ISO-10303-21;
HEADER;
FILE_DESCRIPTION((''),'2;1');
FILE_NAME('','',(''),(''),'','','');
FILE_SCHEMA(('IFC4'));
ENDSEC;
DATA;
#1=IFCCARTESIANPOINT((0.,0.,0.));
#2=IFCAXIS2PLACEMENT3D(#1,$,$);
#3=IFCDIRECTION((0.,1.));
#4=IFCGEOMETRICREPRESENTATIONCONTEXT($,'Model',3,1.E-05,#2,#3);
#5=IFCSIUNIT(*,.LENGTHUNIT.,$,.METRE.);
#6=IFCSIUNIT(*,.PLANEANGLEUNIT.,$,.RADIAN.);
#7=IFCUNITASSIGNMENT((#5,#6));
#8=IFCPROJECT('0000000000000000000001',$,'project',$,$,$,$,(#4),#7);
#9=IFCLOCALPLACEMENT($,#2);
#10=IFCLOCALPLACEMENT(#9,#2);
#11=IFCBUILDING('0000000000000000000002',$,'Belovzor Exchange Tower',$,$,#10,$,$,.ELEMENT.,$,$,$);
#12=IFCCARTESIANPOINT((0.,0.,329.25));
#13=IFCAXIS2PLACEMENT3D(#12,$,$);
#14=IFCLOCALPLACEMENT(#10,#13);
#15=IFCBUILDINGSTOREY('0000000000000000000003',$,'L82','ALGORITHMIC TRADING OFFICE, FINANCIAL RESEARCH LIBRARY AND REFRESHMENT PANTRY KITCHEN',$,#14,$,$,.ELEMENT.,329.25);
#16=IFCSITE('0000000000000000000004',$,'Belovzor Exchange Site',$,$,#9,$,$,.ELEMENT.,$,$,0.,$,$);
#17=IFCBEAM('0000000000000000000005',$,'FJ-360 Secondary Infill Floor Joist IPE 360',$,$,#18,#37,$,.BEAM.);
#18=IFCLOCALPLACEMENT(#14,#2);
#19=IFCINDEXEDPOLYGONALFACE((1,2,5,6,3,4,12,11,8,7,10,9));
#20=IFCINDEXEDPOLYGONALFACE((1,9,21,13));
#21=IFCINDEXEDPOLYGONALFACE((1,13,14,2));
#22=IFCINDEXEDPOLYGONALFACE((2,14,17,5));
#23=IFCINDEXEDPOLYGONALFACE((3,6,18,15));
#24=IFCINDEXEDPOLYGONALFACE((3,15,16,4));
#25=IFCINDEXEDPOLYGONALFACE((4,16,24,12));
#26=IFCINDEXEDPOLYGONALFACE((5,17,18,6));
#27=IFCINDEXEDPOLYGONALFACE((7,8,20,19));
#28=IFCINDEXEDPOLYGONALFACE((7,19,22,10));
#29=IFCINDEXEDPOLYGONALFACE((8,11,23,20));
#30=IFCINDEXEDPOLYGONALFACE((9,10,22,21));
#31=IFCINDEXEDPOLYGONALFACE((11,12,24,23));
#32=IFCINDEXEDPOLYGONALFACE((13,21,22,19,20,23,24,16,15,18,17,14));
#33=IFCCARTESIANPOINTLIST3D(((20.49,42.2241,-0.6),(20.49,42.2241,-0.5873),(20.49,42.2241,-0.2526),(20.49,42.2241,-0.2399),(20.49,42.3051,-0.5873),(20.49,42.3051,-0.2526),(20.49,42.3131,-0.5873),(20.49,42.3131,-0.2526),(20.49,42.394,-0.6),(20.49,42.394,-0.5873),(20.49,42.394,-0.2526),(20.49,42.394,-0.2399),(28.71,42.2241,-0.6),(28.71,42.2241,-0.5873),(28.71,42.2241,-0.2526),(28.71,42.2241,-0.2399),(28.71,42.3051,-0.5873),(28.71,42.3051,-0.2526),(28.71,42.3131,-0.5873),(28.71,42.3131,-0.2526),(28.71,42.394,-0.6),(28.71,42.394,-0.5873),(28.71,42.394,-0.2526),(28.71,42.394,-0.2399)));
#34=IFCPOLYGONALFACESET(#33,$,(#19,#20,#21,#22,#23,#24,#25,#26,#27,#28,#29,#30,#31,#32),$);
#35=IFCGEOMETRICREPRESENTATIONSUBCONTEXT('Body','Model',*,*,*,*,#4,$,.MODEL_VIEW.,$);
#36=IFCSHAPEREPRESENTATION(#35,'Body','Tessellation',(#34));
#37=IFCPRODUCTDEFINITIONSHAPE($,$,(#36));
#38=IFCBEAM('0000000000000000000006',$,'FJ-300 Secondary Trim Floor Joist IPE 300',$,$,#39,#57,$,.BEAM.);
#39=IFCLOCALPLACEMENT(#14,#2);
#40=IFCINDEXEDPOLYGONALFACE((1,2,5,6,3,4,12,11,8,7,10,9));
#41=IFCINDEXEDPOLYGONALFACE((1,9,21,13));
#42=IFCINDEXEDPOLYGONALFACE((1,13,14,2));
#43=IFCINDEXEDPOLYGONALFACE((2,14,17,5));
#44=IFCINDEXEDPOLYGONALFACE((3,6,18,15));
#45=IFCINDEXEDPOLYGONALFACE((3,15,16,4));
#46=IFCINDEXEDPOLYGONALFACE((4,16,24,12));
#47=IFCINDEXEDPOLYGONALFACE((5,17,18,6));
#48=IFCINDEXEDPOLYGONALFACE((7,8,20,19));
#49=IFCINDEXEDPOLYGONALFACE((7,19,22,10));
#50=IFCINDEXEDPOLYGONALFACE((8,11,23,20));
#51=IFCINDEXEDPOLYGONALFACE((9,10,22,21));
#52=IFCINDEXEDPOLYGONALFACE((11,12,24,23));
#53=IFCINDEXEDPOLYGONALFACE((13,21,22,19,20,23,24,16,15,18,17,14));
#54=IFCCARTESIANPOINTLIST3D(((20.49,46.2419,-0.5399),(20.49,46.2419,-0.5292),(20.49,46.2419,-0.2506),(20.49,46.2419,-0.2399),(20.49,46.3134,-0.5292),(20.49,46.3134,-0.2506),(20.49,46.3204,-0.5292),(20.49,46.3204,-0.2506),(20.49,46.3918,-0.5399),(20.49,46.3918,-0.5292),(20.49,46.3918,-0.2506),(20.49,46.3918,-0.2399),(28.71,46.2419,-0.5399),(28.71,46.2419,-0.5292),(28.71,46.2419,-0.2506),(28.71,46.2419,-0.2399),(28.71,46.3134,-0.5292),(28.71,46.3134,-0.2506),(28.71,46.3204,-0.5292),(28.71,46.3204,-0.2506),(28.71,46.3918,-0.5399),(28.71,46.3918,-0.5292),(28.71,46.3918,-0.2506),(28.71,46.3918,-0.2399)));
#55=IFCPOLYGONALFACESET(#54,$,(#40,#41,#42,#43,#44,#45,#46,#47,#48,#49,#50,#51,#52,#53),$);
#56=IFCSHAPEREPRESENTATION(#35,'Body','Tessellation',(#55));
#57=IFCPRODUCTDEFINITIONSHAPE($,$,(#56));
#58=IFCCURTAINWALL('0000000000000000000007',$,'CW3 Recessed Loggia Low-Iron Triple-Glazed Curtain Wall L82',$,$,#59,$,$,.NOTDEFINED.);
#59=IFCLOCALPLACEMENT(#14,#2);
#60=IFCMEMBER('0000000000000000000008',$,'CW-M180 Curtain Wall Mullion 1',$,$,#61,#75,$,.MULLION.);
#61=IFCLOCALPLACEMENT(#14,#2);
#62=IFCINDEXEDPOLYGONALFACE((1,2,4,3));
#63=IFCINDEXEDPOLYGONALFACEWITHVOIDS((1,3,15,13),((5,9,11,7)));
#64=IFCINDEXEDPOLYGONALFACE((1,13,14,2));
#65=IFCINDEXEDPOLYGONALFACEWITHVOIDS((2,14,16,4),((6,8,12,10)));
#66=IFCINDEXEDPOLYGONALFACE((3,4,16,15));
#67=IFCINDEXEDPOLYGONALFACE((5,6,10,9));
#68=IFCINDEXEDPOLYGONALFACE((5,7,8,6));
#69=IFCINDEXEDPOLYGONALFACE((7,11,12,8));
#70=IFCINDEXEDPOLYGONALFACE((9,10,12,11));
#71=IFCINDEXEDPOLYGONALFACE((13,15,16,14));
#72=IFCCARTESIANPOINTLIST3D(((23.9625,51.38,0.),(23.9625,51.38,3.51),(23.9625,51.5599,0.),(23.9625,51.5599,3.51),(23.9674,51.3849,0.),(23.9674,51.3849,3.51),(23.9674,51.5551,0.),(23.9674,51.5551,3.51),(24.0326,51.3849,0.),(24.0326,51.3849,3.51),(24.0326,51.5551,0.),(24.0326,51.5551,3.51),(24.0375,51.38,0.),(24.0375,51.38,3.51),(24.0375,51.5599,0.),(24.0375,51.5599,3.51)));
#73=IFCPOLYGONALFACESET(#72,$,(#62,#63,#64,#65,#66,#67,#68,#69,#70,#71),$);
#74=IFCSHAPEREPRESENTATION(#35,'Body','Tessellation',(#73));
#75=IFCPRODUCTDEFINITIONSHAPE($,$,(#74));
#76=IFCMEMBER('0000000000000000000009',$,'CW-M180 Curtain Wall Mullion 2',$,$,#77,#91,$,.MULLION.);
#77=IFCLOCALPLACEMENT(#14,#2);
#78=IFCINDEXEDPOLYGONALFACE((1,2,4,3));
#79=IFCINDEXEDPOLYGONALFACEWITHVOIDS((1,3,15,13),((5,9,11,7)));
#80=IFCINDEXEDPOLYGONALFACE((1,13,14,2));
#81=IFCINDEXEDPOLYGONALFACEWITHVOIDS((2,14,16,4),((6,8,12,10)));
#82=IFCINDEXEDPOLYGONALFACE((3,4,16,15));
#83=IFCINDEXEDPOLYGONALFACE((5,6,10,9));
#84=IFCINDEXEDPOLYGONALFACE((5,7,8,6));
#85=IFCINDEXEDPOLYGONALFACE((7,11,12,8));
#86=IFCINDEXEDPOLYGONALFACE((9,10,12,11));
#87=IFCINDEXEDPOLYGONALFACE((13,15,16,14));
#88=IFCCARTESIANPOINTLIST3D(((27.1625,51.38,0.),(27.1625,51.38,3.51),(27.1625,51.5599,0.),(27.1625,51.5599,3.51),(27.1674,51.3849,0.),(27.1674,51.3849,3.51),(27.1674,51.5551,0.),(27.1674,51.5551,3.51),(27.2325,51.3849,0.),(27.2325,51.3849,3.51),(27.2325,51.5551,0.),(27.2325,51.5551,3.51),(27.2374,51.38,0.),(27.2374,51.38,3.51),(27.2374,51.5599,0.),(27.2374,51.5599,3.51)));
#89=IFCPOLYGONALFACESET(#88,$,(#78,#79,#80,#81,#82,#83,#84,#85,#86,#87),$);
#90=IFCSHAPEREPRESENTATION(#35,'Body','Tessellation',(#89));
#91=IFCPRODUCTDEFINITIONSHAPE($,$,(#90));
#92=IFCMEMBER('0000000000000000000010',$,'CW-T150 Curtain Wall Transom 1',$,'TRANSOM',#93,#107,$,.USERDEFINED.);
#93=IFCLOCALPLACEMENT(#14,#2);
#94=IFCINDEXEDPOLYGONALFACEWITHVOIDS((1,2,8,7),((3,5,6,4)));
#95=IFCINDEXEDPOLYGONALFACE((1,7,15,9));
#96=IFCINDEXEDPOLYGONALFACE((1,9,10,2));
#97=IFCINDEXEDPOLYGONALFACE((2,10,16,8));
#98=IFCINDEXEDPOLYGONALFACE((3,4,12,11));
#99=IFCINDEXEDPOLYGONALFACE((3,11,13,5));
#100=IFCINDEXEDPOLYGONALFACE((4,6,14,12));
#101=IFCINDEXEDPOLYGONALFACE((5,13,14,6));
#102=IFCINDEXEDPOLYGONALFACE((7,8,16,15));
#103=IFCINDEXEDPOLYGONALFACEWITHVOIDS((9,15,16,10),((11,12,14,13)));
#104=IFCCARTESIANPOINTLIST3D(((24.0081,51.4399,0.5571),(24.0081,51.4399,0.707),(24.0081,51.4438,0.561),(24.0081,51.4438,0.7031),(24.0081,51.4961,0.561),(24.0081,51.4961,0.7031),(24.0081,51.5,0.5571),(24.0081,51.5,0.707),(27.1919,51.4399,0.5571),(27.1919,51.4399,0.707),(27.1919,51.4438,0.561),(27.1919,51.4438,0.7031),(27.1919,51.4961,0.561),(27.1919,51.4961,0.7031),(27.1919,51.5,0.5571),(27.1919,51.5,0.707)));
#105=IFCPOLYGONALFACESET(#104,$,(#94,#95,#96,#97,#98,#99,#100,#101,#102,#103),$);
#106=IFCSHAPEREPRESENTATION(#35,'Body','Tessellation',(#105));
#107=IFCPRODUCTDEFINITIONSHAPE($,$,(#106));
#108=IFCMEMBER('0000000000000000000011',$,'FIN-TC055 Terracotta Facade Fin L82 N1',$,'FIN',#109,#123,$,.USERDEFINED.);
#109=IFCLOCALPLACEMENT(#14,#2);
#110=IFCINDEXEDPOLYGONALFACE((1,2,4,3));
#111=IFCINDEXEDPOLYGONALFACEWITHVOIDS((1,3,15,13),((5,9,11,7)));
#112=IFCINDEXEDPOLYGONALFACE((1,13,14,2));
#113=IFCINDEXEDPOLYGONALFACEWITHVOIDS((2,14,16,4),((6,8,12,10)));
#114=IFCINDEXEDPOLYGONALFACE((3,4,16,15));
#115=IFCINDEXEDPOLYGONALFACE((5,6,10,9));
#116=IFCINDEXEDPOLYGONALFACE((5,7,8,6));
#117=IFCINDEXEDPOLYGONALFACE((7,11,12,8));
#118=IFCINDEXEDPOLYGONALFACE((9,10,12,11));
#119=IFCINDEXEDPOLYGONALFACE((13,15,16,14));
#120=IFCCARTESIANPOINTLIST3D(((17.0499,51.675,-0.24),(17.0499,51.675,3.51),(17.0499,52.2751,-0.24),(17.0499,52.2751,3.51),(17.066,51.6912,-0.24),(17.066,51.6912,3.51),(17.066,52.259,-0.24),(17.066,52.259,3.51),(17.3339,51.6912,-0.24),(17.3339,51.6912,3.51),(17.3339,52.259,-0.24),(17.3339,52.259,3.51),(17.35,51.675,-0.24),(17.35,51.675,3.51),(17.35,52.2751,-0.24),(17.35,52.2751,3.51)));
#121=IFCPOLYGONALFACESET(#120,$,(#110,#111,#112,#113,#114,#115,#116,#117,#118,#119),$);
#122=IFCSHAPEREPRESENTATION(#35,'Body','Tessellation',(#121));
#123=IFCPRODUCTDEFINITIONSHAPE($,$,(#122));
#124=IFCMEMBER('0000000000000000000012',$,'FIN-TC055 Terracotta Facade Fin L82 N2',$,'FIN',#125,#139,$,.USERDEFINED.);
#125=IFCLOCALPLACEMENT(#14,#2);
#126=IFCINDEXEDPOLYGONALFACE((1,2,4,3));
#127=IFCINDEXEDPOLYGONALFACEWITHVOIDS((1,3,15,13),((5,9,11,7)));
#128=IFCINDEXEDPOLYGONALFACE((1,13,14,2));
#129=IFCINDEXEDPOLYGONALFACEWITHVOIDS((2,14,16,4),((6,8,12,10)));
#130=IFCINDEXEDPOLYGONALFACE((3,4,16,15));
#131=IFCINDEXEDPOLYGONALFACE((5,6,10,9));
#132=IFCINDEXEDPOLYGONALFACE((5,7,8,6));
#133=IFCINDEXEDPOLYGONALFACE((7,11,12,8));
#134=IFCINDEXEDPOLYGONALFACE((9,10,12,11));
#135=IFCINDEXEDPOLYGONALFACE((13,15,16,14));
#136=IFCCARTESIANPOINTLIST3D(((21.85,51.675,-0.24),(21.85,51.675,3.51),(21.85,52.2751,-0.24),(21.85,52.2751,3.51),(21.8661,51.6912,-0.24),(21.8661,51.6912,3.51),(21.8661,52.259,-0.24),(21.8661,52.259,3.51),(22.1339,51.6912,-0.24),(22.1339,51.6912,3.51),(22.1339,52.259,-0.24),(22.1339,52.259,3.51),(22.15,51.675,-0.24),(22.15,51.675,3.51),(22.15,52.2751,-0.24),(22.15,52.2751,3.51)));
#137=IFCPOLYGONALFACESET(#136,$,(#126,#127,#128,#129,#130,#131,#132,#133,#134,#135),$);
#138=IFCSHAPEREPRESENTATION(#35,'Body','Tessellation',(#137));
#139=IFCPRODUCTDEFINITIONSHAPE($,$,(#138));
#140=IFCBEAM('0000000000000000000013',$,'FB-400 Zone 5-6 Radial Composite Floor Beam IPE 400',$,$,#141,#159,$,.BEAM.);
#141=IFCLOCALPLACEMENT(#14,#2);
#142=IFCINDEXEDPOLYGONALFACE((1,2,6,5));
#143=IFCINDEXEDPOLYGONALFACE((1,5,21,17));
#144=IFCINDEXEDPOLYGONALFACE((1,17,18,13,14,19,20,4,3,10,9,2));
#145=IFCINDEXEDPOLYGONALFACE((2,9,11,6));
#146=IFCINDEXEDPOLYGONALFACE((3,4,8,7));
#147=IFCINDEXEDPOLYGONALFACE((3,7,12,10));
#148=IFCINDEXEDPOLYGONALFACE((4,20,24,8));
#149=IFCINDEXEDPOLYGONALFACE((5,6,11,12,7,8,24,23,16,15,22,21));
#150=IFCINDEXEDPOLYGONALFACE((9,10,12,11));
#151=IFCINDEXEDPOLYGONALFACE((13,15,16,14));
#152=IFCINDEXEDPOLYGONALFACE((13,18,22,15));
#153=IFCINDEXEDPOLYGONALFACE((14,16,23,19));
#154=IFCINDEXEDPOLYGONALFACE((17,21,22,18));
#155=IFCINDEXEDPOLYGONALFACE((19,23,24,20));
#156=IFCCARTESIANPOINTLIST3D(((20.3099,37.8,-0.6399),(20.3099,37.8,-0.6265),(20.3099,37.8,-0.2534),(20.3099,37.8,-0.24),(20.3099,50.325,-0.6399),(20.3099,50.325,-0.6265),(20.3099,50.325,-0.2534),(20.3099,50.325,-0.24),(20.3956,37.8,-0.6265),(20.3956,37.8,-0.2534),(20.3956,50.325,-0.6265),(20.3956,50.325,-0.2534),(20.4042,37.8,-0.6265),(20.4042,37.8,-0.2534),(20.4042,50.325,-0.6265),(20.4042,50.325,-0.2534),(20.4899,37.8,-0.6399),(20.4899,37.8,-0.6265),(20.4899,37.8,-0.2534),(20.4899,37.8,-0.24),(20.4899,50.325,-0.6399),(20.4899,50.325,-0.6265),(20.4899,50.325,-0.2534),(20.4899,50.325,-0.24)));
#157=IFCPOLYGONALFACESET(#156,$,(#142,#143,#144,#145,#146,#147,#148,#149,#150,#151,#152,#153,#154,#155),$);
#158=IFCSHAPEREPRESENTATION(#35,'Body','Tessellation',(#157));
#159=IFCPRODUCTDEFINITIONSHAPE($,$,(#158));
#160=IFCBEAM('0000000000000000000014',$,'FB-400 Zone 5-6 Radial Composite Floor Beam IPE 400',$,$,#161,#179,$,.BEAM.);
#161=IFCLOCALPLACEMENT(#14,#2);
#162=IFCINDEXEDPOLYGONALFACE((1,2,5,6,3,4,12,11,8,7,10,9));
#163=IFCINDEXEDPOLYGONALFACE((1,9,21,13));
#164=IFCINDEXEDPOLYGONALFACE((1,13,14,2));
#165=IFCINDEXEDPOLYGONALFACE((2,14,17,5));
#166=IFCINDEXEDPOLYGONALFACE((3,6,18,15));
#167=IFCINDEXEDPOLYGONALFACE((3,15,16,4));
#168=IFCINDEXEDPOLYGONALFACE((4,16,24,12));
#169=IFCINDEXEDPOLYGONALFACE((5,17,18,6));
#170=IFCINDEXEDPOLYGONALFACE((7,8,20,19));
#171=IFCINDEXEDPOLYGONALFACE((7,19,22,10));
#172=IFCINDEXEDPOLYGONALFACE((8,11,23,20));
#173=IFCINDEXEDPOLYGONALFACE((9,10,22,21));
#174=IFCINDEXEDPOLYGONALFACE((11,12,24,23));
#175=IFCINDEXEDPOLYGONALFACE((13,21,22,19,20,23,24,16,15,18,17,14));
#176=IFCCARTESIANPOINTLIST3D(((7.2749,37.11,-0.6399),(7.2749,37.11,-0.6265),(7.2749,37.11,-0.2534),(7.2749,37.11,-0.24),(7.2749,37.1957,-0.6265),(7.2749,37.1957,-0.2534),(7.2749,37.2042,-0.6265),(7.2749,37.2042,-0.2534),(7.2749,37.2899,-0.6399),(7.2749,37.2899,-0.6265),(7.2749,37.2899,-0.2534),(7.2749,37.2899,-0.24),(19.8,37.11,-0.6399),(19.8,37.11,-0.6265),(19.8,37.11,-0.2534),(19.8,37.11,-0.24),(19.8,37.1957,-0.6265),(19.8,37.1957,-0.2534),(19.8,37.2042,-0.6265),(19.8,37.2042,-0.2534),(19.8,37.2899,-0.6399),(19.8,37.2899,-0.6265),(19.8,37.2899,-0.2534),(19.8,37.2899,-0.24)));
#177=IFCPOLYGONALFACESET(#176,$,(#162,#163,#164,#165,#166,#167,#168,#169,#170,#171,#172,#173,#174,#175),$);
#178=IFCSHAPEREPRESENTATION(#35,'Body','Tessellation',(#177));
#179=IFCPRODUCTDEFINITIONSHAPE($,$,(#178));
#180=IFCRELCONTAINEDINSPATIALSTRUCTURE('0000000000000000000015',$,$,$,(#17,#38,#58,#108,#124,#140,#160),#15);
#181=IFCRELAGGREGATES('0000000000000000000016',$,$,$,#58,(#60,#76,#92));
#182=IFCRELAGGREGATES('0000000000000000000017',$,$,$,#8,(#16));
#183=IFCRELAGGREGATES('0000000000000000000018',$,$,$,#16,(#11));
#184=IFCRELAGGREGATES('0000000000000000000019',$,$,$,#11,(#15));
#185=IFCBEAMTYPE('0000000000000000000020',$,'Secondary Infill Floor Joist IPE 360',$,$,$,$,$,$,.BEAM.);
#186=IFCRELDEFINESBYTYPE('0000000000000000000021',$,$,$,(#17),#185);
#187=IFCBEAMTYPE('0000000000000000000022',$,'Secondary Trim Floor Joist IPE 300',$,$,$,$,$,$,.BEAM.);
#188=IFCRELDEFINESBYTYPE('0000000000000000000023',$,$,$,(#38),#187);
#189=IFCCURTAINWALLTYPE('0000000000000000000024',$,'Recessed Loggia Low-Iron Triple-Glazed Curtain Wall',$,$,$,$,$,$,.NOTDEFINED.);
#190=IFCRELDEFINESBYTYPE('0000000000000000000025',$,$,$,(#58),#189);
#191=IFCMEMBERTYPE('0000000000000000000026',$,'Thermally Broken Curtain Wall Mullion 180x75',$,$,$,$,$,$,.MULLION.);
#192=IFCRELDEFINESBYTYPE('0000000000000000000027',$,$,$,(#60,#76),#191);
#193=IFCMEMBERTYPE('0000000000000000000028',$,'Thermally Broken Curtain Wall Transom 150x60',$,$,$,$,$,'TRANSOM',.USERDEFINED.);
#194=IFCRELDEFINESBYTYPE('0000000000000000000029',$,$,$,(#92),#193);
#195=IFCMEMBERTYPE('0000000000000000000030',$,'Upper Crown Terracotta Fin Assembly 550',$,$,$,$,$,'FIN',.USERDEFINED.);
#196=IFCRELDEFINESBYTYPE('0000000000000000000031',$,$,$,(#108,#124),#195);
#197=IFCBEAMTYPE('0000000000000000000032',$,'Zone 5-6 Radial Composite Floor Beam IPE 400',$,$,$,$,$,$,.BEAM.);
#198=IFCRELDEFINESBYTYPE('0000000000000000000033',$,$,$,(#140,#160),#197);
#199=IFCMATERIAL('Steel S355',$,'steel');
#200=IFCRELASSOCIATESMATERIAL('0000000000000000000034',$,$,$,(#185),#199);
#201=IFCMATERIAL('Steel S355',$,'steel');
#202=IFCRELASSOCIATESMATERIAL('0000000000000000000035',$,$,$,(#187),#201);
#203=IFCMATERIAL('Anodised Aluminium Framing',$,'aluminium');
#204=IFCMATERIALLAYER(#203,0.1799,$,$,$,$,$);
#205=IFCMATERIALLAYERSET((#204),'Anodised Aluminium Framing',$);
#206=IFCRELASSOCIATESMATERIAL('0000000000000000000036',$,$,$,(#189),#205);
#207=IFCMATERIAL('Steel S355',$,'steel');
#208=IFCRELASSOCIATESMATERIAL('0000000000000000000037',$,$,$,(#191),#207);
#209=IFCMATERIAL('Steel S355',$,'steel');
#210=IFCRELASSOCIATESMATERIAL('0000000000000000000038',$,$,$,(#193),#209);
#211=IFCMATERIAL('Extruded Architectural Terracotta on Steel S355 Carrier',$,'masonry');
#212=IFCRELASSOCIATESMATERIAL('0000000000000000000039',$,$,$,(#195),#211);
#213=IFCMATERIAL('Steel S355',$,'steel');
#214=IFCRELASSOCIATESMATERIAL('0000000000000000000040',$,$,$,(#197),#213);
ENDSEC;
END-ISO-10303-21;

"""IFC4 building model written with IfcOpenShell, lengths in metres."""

from ifc_helpers import new_model, si_unit, direction, frame, origin, origin_2d, place, context, subcontext, project, spatial, hollow_rectangle, i_section, extrude, material, layer, layer_set, material_profile, profile_set, type_object, element, aggregate, save


model = new_model("IFC4")

# Units and contexts
model_context = context("Model", 3, precision=1e-05, world=origin(), true_north=direction((0.0, 1.0)))
body_context = subcontext(model_context, "Body", "Model", "MODEL_VIEW")
ifc_project = project(units=[si_unit("LENGTHUNIT", "METRE"), si_unit("PLANEANGLEUNIT", "RADIAN")], contexts=[model_context])

# Site, building, storey
site_placement = place(None, origin())
site = spatial("IfcSite", under=ifc_project, at=site_placement, Name="Belovzor Exchange Site", CompositionType="ELEMENT", RefElevation=0.0)
building_placement = place(site_placement, origin())
building = spatial("IfcBuilding", under=site, at=building_placement, Name="Belovzor Exchange Tower", CompositionType="ELEMENT")
storey_placement = place(building_placement, frame((0.0, 0.0, 329.25)))
storey = spatial("IfcBuildingStorey", under=building, at=storey_placement, Name="L82", Description="ALGORITHMIC TRADING OFFICE, FINANCIAL RESEARCH LIBRARY AND REFRESHMENT PANTRY KITCHEN", CompositionType="ELEMENT", Elevation=329.25)

# Beams
ifc_material_1 = material(Name="Steel S355", Category="steel")
ifc_material_profile_1 = material_profile(ifc_material_1, i_section(OverallWidth=0.1699, OverallDepth=0.3601, WebThickness=0.0081, FlangeThickness=0.0127, at=origin_2d()))
ifc_profile_set_1 = profile_set([ifc_material_profile_1], Name="Steel S355")
beam_type_1 = type_object("IfcBeamType", Name="Secondary Infill Floor Joist IPE 360", PredefinedType="BEAM", material=ifc_profile_set_1)
beam_1_placement = place(storey_placement, frame((20.49, 42.3091, -0.4199), z_axis=(1.0, 0.0, 0.0), x_axis=(0.0, 1.0, 0.0)))
element("IfcBeam", 1, at=beam_1_placement, inside=storey, type_object=beam_type_1, Name="FJ-360 Secondary Infill Floor Joist IPE 360", PredefinedType="BEAM", context=body_context, shape_type="SweptSolid", body=[
    extrude(i_section(OverallWidth=0.1699, OverallDepth=0.3601, WebThickness=0.0081, FlangeThickness=0.0127, at=origin_2d()), origin(), (0.0, 0.0, 1.0), 8.22),
])
ifc_material_2 = material(Name="Steel S355", Category="steel")
ifc_material_profile_2 = material_profile(ifc_material_2, i_section(OverallWidth=0.1499, OverallDepth=0.3, WebThickness=0.0071, FlangeThickness=0.0107, at=origin_2d()))
ifc_profile_set_2 = profile_set([ifc_material_profile_2], Name="Steel S355")
beam_type_2 = type_object("IfcBeamType", Name="Secondary Trim Floor Joist IPE 300", PredefinedType="BEAM", material=ifc_profile_set_2)
beam_2_placement = place(storey_placement, frame((20.49, 46.3169, -0.3899), z_axis=(1.0, 0.0, 0.0), x_axis=(0.0, 1.0, 0.0)))
element("IfcBeam", 2, at=beam_2_placement, inside=storey, type_object=beam_type_2, Name="FJ-300 Secondary Trim Floor Joist IPE 300", PredefinedType="BEAM", context=body_context, shape_type="SweptSolid", body=[
    extrude(i_section(OverallWidth=0.1499, OverallDepth=0.3, WebThickness=0.0071, FlangeThickness=0.0107, at=origin_2d()), origin(), (0.0, 0.0, 1.0), 8.22),
])

# Curtain wall, members
ifc_material_3 = material(Name="Anodised Aluminium Framing", Category="aluminium")
ifc_layer_1 = layer(ifc_material_3, 0.1799)
ifc_layer_set_1 = layer_set([ifc_layer_1], Name="Anodised Aluminium Framing")
curtain_wall_type = type_object("IfcCurtainWallType", Name="Recessed Loggia Low-Iron Triple-Glazed Curtain Wall", PredefinedType="NOTDEFINED", material=ifc_layer_set_1)
curtain_wall_placement = place(storey_placement, origin())
curtain_wall = element("IfcCurtainWall", 3, at=curtain_wall_placement, inside=storey, type_object=curtain_wall_type, Name="CW3 Recessed Loggia Low-Iron Triple-Glazed Curtain Wall L82", PredefinedType="NOTDEFINED")
ifc_material_4 = material(Name="Steel S355", Category="steel")
ifc_material_profile_3 = material_profile(ifc_material_4, hollow_rectangle(XDim=0.075, YDim=0.1799, WallThickness=0.0049, at=origin_2d()))
ifc_profile_set_3 = profile_set([ifc_material_profile_3], Name="Steel S355")
member_type_1 = type_object("IfcMemberType", Name="Thermally Broken Curtain Wall Mullion 180x75", PredefinedType="MULLION", material=ifc_profile_set_3)
member_1_placement = place(storey_placement, frame((24.0, 51.47, 0.0), z_axis=(0.0, 0.0, 1.0), x_axis=(1.0, 0.0, 0.0)))
member_1 = element("IfcMember", 4, at=member_1_placement, type_object=member_type_1, Name="CW-M180 Curtain Wall Mullion 1", PredefinedType="MULLION", context=body_context, shape_type="SweptSolid", body=[
    extrude(hollow_rectangle(XDim=0.075, YDim=0.1799, WallThickness=0.0049, at=origin_2d()), origin(), (0.0, 0.0, 1.0), 3.51),
])
member_2_placement = place(storey_placement, frame((27.2, 51.47, 0.0), z_axis=(0.0, 0.0, 1.0), x_axis=(1.0, 0.0, 0.0)))
member_2 = element("IfcMember", 5, at=member_2_placement, type_object=member_type_1, Name="CW-M180 Curtain Wall Mullion 2", PredefinedType="MULLION", context=body_context, shape_type="SweptSolid", body=[
    extrude(hollow_rectangle(XDim=0.075, YDim=0.1799, WallThickness=0.0049, at=origin_2d()), origin(), (0.0, 0.0, 1.0), 3.51),
])
ifc_material_5 = material(Name="Steel S355", Category="steel")
ifc_material_profile_4 = material_profile(ifc_material_5, hollow_rectangle(XDim=0.0601, YDim=0.1499, WallThickness=0.0039, at=origin_2d()))
ifc_profile_set_4 = profile_set([ifc_material_profile_4], Name="Steel S355")
member_type_2 = type_object("IfcMemberType", Name="Thermally Broken Curtain Wall Transom 150x60", ElementType="TRANSOM", PredefinedType="USERDEFINED", material=ifc_profile_set_4)
member_3_placement = place(storey_placement, frame((24.0081, 51.47, 0.6321), z_axis=(1.0, 0.0, 0.0), x_axis=(0.0, 1.0, 0.0)))
member_3 = element("IfcMember", 6, at=member_3_placement, type_object=member_type_2, Name="CW-T150 Curtain Wall Transom 1", ObjectType="TRANSOM", PredefinedType="USERDEFINED", context=body_context, shape_type="SweptSolid", body=[
    extrude(hollow_rectangle(XDim=0.0601, YDim=0.1499, WallThickness=0.0039, at=origin_2d()), origin(), (0.0, 0.0, 1.0), 3.1838),
])

# Members
ifc_material_6 = material(Name="Extruded Architectural Terracotta on Steel S355 Carrier", Category="masonry")
ifc_material_profile_5 = material_profile(ifc_material_6, hollow_rectangle(XDim=0.3, YDim=0.6001, WallThickness=0.0161, at=origin_2d()))
ifc_profile_set_5 = profile_set([ifc_material_profile_5], Name="Extruded Architectural Terracotta on Steel S355 Carrier")
member_type_3 = type_object("IfcMemberType", Name="Upper Crown Terracotta Fin Assembly 550", ElementType="FIN", PredefinedType="USERDEFINED", material=ifc_profile_set_5)
for number, where, z_axis, x_axis, name in (
    (7, (17.2, 51.9751, -0.24), (0.0, 0.0, 1.0), (1.0, 0.0, 0.0), "FIN-TC055 Terracotta Facade Fin L82 N1"),
    (8, (22.0, 51.9751, -0.24), (0.0, 0.0, 1.0), (1.0, 0.0, 0.0), "FIN-TC055 Terracotta Facade Fin L82 N2"),
):
    element("IfcMember", number, at=place(storey_placement, frame(where, z_axis=z_axis, x_axis=x_axis)), inside=storey, type_object=member_type_3, Name=name, ObjectType="FIN", PredefinedType="USERDEFINED", context=body_context, shape_type="SweptSolid", body=[
        extrude(hollow_rectangle(XDim=0.3, YDim=0.6001, WallThickness=0.0161, at=origin_2d()), origin(), (0.0, 0.0, 1.0), 3.75),
    ])

# Beams
ifc_material_7 = material(Name="Steel S355", Category="steel")
ifc_material_profile_6 = material_profile(ifc_material_7, i_section(OverallWidth=0.1799, OverallDepth=0.3999, WebThickness=0.0085, FlangeThickness=0.0134, at=origin_2d()))
ifc_profile_set_6 = profile_set([ifc_material_profile_6], Name="Steel S355")
beam_type_3 = type_object("IfcBeamType", Name="Zone 5-6 Radial Composite Floor Beam IPE 400", PredefinedType="BEAM", material=ifc_profile_set_6)
beam_3_placement = place(storey_placement, frame((20.3999, 37.8, -0.4399), z_axis=(0.0, 1.0, 0.0), x_axis=(-1.0, 0.0, 0.0)))
element("IfcBeam", 9, at=beam_3_placement, inside=storey, type_object=beam_type_3, Name="FB-400 Zone 5-6 Radial Composite Floor Beam IPE 400", PredefinedType="BEAM", context=body_context, shape_type="SweptSolid", body=[
    extrude(i_section(OverallWidth=0.1799, OverallDepth=0.3999, WebThickness=0.0085, FlangeThickness=0.0134, at=origin_2d()), origin(), (0.0, 0.0, 1.0), 12.5249),
])
beam_4_placement = place(storey_placement, frame((19.8, 37.2, -0.4399), z_axis=(-1.0, 0.0, 0.0), x_axis=(0.0, -1.0, 0.0)))
element("IfcBeam", 10, at=beam_4_placement, inside=storey, type_object=beam_type_3, Name="FB-400 Zone 5-6 Radial Composite Floor Beam IPE 400", PredefinedType="BEAM", context=body_context, shape_type="SweptSolid", body=[
    extrude(i_section(OverallWidth=0.1799, OverallDepth=0.3999, WebThickness=0.0085, FlangeThickness=0.0134, at=origin_2d()), origin(), (0.0, 0.0, 1.0), 12.5251),
])

aggregate(curtain_wall, [member_1, member_2, member_3])

save(model, "model.ifc")
